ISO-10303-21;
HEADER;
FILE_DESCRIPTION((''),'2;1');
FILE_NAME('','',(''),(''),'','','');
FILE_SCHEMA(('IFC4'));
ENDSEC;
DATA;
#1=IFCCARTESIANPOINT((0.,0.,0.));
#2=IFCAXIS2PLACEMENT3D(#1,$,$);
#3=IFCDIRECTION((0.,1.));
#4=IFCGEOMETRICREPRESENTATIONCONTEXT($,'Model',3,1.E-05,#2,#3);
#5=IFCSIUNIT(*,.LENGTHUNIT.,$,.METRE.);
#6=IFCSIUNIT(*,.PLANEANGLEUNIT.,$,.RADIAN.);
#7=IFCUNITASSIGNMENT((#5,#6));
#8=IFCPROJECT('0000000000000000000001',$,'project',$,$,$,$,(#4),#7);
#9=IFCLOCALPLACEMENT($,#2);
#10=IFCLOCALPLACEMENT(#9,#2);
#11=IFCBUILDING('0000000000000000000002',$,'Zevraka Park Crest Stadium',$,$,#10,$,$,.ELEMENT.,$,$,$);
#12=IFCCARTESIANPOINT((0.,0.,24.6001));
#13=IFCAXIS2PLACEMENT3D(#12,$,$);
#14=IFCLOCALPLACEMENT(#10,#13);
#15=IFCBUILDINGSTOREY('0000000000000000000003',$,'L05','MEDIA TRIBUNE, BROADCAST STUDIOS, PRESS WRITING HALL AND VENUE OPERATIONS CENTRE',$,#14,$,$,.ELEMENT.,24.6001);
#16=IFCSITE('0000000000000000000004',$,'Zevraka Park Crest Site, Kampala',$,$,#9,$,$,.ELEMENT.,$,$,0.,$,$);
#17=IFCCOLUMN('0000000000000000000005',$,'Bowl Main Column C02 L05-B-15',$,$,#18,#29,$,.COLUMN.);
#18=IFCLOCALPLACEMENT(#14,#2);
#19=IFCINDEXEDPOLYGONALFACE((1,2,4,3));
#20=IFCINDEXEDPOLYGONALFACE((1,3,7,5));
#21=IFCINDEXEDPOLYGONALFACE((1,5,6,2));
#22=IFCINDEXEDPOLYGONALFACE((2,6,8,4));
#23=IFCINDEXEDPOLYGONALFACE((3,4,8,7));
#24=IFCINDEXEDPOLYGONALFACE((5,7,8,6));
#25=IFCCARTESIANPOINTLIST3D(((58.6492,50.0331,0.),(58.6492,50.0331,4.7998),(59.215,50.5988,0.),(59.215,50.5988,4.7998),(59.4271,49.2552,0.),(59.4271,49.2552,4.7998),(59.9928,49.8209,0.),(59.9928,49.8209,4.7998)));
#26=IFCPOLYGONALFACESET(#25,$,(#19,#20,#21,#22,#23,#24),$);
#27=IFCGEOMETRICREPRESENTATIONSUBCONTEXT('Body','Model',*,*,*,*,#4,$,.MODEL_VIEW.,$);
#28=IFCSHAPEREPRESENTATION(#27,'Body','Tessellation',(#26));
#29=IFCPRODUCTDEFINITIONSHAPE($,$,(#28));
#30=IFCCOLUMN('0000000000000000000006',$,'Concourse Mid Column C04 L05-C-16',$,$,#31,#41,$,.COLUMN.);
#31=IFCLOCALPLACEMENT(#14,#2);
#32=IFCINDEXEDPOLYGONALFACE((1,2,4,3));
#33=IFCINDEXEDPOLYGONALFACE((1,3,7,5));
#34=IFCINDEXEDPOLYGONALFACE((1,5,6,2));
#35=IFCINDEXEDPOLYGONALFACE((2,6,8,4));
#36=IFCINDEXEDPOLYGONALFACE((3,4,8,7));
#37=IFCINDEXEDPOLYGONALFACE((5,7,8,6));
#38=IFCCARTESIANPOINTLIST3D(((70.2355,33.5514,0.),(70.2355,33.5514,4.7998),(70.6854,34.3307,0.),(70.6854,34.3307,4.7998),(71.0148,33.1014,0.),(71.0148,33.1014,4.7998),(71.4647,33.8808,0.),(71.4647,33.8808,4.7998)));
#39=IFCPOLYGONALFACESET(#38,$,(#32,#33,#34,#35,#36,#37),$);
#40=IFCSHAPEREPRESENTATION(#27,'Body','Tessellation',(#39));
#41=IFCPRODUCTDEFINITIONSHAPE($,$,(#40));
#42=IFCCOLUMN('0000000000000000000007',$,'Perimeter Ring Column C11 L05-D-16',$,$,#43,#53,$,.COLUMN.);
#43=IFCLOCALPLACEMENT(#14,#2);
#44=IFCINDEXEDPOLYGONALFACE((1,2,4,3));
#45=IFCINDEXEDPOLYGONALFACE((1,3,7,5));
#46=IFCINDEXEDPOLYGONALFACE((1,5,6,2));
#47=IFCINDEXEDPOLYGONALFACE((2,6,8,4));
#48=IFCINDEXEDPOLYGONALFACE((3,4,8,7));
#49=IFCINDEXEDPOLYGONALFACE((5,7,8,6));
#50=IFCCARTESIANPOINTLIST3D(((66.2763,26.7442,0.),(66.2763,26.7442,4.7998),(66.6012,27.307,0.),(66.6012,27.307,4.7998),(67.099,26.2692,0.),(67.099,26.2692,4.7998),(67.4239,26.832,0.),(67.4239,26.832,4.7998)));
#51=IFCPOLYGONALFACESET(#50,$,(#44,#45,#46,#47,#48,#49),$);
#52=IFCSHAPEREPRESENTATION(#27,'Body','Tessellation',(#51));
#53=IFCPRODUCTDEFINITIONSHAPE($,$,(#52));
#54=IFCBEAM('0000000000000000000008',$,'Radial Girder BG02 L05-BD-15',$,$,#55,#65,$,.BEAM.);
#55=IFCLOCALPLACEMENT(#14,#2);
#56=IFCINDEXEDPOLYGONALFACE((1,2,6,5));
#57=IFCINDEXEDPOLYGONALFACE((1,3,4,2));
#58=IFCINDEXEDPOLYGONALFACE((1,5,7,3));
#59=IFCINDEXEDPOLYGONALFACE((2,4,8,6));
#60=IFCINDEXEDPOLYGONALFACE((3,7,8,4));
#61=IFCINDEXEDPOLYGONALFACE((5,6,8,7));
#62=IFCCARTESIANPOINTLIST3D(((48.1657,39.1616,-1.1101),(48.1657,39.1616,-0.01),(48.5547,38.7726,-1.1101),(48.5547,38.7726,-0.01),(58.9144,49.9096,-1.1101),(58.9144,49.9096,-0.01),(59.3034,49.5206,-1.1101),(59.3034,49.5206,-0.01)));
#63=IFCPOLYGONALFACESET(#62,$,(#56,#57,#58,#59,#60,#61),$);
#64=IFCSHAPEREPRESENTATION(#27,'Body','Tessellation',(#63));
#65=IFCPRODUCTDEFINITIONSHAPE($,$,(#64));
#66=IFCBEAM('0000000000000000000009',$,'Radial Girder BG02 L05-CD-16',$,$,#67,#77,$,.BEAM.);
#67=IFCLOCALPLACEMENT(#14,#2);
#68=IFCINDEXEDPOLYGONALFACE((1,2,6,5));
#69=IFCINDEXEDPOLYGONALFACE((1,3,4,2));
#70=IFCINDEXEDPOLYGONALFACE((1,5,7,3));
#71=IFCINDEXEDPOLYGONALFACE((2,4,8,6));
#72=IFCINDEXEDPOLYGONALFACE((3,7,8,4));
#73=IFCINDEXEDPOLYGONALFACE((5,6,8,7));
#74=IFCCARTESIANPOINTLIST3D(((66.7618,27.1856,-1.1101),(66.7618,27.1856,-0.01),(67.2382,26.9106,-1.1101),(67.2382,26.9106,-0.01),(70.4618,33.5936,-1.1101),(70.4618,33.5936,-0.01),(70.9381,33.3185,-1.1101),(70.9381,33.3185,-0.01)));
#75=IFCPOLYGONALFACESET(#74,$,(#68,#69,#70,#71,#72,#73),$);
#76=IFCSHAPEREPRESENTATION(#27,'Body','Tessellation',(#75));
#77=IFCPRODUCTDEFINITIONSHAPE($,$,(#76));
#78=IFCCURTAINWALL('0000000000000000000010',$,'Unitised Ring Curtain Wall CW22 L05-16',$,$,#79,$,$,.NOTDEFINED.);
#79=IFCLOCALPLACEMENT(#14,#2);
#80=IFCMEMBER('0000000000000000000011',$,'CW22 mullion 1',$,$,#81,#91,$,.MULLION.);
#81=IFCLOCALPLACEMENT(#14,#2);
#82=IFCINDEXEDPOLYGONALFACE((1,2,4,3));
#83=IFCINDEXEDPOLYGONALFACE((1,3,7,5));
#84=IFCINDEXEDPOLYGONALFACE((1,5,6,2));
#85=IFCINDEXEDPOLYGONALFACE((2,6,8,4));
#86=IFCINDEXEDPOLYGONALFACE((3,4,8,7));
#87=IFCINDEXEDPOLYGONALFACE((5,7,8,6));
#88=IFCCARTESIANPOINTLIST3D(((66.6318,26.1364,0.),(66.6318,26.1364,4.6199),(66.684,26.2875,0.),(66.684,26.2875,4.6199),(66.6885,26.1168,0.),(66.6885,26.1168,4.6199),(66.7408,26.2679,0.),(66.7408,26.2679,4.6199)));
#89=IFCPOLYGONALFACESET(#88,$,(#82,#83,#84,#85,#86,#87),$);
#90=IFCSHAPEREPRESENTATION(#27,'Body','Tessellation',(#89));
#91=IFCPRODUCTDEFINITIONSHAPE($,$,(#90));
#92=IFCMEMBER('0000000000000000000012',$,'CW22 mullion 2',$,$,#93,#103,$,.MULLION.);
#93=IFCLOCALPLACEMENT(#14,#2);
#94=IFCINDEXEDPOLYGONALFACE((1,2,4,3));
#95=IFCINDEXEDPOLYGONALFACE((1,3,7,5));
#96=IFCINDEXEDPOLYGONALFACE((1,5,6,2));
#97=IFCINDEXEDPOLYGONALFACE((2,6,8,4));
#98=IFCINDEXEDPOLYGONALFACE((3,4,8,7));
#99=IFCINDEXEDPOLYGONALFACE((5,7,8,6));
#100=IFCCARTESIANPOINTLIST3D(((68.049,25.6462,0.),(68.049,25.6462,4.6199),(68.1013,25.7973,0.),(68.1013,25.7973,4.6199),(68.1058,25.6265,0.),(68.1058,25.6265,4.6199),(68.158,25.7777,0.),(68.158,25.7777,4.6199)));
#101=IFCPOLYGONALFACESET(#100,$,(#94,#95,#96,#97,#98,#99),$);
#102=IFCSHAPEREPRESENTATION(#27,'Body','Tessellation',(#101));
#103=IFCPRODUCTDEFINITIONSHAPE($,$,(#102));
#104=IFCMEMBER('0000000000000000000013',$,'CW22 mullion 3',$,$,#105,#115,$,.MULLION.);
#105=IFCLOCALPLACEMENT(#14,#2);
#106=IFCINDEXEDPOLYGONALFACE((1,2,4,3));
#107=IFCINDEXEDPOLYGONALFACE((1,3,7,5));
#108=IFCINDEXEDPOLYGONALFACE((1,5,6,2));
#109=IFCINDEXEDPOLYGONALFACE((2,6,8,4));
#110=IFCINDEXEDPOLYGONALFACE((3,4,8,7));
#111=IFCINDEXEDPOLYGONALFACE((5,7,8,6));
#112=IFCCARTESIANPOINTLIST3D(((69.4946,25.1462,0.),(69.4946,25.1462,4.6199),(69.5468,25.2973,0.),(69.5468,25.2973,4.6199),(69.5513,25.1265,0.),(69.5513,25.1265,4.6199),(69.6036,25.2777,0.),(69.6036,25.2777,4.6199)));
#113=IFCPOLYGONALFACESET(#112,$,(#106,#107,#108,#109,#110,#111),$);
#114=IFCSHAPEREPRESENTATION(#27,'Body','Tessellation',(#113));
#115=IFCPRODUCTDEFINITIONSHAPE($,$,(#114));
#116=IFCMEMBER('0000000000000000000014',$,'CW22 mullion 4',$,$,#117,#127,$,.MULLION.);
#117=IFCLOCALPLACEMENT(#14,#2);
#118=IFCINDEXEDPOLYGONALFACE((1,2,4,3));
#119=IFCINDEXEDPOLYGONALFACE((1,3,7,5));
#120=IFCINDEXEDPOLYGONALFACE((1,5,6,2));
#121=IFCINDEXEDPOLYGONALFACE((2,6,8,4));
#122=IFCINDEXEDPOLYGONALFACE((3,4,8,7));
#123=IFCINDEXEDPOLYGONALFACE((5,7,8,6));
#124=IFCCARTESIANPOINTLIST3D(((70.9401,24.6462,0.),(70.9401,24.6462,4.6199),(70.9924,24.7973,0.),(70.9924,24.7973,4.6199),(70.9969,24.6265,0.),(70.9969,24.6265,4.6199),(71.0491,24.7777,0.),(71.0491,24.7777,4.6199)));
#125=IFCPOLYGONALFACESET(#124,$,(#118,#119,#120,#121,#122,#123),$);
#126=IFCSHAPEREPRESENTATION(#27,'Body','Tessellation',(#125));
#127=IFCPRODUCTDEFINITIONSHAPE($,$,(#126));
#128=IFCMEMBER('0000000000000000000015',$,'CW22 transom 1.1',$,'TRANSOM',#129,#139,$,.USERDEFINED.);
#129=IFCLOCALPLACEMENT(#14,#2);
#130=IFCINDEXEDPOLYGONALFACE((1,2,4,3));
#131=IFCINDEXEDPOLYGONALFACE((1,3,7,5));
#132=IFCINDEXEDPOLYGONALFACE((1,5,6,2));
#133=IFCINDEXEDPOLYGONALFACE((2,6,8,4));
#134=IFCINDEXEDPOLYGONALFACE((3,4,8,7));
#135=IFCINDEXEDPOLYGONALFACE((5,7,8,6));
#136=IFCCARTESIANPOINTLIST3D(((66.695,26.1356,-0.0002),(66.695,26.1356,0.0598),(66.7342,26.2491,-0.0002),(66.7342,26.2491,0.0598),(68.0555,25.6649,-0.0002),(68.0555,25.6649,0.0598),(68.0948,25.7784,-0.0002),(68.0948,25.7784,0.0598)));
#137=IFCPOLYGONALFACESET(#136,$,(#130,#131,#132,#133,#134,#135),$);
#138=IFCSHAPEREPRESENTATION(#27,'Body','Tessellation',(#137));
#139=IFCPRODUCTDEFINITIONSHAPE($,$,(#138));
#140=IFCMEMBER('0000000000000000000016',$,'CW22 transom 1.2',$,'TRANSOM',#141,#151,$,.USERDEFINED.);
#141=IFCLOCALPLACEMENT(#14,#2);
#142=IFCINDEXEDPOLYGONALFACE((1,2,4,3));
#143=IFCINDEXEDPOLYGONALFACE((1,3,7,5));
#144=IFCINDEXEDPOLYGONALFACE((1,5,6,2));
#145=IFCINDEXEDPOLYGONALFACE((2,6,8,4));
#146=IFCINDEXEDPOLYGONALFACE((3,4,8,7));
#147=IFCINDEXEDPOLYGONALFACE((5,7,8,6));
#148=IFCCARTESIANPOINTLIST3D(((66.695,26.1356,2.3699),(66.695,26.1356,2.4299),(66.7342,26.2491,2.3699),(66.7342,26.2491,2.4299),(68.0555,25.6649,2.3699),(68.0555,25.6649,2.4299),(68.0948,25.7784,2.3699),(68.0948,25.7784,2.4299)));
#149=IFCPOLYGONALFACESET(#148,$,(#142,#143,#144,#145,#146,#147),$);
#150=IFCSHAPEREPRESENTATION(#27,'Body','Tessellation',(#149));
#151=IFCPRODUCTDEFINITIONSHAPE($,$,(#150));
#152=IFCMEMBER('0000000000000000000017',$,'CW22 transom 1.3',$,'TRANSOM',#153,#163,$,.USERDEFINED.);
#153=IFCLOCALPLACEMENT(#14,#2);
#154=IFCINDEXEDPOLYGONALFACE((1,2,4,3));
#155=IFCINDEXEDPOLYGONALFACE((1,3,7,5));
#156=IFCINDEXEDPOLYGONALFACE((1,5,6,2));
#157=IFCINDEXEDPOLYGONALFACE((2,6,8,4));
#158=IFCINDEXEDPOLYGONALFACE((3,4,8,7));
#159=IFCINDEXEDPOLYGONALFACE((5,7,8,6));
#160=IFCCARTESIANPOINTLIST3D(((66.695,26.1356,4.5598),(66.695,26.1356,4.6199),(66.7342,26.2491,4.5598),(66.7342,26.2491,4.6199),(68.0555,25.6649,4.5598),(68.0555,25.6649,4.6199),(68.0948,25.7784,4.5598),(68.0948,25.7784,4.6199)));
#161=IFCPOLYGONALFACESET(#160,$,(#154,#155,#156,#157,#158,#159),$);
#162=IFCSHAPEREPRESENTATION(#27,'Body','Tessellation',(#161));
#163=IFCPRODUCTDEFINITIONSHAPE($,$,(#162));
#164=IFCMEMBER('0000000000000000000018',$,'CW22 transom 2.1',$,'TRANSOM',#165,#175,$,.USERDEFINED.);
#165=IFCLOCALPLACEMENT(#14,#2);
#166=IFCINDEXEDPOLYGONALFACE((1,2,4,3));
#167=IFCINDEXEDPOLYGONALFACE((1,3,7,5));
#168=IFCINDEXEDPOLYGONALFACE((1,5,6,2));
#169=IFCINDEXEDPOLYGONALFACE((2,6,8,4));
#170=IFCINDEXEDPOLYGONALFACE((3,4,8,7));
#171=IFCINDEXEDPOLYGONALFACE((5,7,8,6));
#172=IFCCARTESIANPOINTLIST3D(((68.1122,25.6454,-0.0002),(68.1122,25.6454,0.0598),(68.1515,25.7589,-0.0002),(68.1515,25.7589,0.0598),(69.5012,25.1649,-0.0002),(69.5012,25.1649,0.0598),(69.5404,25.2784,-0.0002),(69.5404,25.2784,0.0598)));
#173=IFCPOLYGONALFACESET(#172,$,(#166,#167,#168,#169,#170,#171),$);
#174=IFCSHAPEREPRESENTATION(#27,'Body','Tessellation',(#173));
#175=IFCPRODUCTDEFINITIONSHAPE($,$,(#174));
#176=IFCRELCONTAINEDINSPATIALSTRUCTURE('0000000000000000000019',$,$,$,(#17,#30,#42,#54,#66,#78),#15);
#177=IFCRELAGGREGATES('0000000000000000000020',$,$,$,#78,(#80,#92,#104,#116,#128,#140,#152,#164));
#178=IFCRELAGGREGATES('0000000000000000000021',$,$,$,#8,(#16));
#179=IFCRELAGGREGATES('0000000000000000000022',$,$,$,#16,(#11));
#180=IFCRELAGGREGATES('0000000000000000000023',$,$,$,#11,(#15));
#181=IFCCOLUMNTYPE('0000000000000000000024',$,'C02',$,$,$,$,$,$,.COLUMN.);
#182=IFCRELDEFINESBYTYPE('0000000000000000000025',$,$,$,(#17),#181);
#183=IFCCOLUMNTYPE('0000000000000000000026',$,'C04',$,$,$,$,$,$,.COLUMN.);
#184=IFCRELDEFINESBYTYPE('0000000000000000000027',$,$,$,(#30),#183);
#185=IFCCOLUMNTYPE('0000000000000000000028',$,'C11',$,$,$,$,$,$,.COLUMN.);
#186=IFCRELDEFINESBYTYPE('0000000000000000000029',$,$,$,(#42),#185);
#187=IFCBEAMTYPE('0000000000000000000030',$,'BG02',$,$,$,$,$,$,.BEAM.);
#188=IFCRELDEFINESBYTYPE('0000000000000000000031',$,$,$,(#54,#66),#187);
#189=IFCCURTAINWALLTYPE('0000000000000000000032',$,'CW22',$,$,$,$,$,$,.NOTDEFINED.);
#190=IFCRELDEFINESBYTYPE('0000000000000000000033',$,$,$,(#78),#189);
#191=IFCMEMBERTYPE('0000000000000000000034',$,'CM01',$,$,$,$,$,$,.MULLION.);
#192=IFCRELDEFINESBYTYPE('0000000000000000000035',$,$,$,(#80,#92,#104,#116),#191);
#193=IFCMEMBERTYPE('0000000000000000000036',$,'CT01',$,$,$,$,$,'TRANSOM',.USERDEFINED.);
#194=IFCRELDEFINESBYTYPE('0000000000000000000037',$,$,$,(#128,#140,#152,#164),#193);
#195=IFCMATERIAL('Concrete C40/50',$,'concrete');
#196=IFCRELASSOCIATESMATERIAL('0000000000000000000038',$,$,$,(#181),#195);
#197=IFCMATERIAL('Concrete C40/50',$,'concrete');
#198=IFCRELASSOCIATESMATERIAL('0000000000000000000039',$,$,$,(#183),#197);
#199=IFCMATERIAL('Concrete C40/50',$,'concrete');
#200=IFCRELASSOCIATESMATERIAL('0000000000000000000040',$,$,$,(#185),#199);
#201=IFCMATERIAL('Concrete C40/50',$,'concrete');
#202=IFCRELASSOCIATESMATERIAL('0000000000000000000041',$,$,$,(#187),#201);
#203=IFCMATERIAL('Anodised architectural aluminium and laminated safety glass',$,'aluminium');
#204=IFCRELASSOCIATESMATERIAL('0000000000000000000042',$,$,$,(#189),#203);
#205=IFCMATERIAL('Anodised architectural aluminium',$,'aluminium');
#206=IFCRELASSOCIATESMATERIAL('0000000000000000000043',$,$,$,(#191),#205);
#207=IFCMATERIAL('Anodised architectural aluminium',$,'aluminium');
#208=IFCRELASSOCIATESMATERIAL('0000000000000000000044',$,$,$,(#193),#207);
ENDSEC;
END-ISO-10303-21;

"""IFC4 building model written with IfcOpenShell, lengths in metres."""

from ifc_helpers import new_model, si_unit, direction, frame, origin, origin_2d, place, context, subcontext, project, spatial, rectangle, extrude, material, material_profile, profile_set, type_object, element, aggregate, save


model = new_model("IFC4")

# Units and contexts
model_context = context("Model", 3, precision=1e-05, world=origin(), true_north=direction((0.0, 1.0)))
body_context = subcontext(model_context, "Body", "Model", "MODEL_VIEW")
ifc_project = project(units=[si_unit("LENGTHUNIT", "METRE"), si_unit("PLANEANGLEUNIT", "RADIAN")], contexts=[model_context])

# Site, building, storey
site_placement = place(None, origin())
site = spatial("IfcSite", under=ifc_project, at=site_placement, Name="Zevraka Park Crest Site, Kampala", CompositionType="ELEMENT", RefElevation=0.0)
building_placement = place(site_placement, origin())
building = spatial("IfcBuilding", under=site, at=building_placement, Name="Zevraka Park Crest Stadium", CompositionType="ELEMENT")
storey_placement = place(building_placement, frame((0.0, 0.0, 24.6001)))
storey = spatial("IfcBuildingStorey", under=building, at=storey_placement, Name="L05", Description="MEDIA TRIBUNE, BROADCAST STUDIOS, PRESS WRITING HALL AND VENUE OPERATIONS CENTRE", CompositionType="ELEMENT", Elevation=24.6001)

# Columns
ifc_material_1 = material(Name="Concrete C40/50", Category="concrete")
ifc_material_profile_1 = material_profile(ifc_material_1, rectangle(XDim=0.8, YDim=1.1001, at=origin_2d()), Name="RC 1100x800")
ifc_profile_set_1 = profile_set([ifc_material_profile_1], Name="Concrete C40/50")
column_type_1 = type_object("IfcColumnType", Name="C02", PredefinedType="COLUMN", material=ifc_profile_set_1)
column_1_placement = place(storey_placement, frame((59.321, 49.927, 0.0), z_axis=(0.0, 0.0, 1.0), x_axis=(0.707107, 0.707107, 0.0)))
element("IfcColumn", 1, at=column_1_placement, inside=storey, type_object=column_type_1, Name="Bowl Main Column C02 L05-B-15", PredefinedType="COLUMN", context=body_context, shape_type="SweptSolid", body=[
    extrude(rectangle(XDim=0.8, YDim=1.1001, at=origin_2d()), origin(), (0.0, 0.0, 1.0), 4.7998),
])
ifc_material_2 = material(Name="Concrete C40/50", Category="concrete")
ifc_material_profile_2 = material_profile(ifc_material_2, rectangle(XDim=0.8999, YDim=0.8999, at=origin_2d()), Name="RC 900x900")
ifc_profile_set_2 = profile_set([ifc_material_profile_2], Name="Concrete C40/50")
column_type_2 = type_object("IfcColumnType", Name="C04", PredefinedType="COLUMN", material=ifc_profile_set_2)
column_2_placement = place(storey_placement, frame((70.8501, 33.7161, 0.0), z_axis=(0.0, 0.0, 1.0), x_axis=(0.5, 0.866025, 0.0)))
element("IfcColumn", 2, at=column_2_placement, inside=storey, type_object=column_type_2, Name="Concourse Mid Column C04 L05-C-16", PredefinedType="COLUMN", context=body_context, shape_type="SweptSolid", body=[
    extrude(rectangle(XDim=0.8999, YDim=0.8999, at=origin_2d()), origin(), (0.0, 0.0, 1.0), 4.7998),
])
ifc_material_3 = material(Name="Concrete C40/50", Category="concrete")
ifc_material_profile_3 = material_profile(ifc_material_3, rectangle(XDim=0.6499, YDim=0.95, at=origin_2d()), Name="RC 950x650")
ifc_profile_set_3 = profile_set([ifc_material_profile_3], Name="Concrete C40/50")
column_type_3 = type_object("IfcColumnType", Name="C11", PredefinedType="COLUMN", material=ifc_profile_set_3)
column_3_placement = place(storey_placement, frame((66.8501, 26.7881, 0.0), z_axis=(0.0, 0.0, 1.0), x_axis=(0.5, 0.866025, 0.0)))
element("IfcColumn", 3, at=column_3_placement, inside=storey, type_object=column_type_3, Name="Perimeter Ring Column C11 L05-D-16", PredefinedType="COLUMN", context=body_context, shape_type="SweptSolid", body=[
    extrude(rectangle(XDim=0.6499, YDim=0.95, at=origin_2d()), origin(), (0.0, 0.0, 1.0), 4.7998),
])

# Beams
ifc_material_4 = material(Name="Concrete C40/50", Category="concrete")
ifc_material_profile_4 = material_profile(ifc_material_4, rectangle(XDim=0.55, YDim=1.1001, at=origin_2d()), Name="RC 1100x550")
ifc_profile_set_4 = profile_set([ifc_material_profile_4], Name="Concrete C40/50")
beam_type_1 = type_object("IfcBeamType", Name="BG02", PredefinedType="BEAM", material=ifc_profile_set_4)
beam_1_placement = place(storey_placement, frame((59.1089, 49.7151, -0.5601), z_axis=(-0.707131, -0.707083, 0.0), x_axis=(0.707083, -0.707131, 0.0)))
element("IfcBeam", 4, at=beam_1_placement, inside=storey, type_object=beam_type_1, Name="Radial Girder BG02 L05-BD-15", PredefinedType="BEAM", context=body_context, shape_type="SweptSolid", body=[
    extrude(rectangle(XDim=0.55, YDim=1.1001, at=origin_2d()), origin(), (0.0, 0.0, 1.0), 15.2004),
])
beam_2_placement = place(storey_placement, frame((70.7, 33.4561, -0.5601), z_axis=(-0.500032, -0.866007, 0.0), x_axis=(0.866007, -0.500032, 0.0)))
element("IfcBeam", 5, at=beam_2_placement, inside=storey, type_object=beam_type_1, Name="Radial Girder BG02 L05-CD-16", PredefinedType="BEAM", context=body_context, shape_type="SweptSolid", body=[
    extrude(rectangle(XDim=0.55, YDim=1.1001, at=origin_2d()), origin(), (0.0, 0.0, 1.0), 7.3994),
])

# Curtain wall, members
ifc_material_5 = material(Name="Anodised architectural aluminium and laminated safety glass", Category="aluminium")
curtain_wall_type = type_object("IfcCurtainWallType", Name="CW22", PredefinedType="NOTDEFINED", material=ifc_material_5)
curtain_wall_placement = place(storey_placement, origin())
curtain_wall = element("IfcCurtainWall", 6, at=curtain_wall_placement, inside=storey, type_object=curtain_wall_type, Name="Unitised Ring Curtain Wall CW22 L05-16", PredefinedType="NOTDEFINED")
ifc_material_6 = material(Name="Anodised architectural aluminium", Category="aluminium")
ifc_material_profile_5 = material_profile(ifc_material_6, rectangle(XDim=0.1599, YDim=0.0601, at=origin_2d()), Name="ALU MULLION 160x60")
ifc_profile_set_5 = profile_set([ifc_material_profile_5], Name="Anodised architectural aluminium")
member_type_1 = type_object("IfcMemberType", Name="CM01", PredefinedType="MULLION", material=ifc_profile_set_5)
member_1_placement = place(storey_placement, frame((66.6863, 26.2021, 0.0), z_axis=(0.0, 0.0, 1.0), x_axis=(0.326929, 0.945049, 0.0)))
member_1 = element("IfcMember", 7, at=member_1_placement, type_object=member_type_1, Name="CW22 mullion 1", PredefinedType="MULLION", context=body_context, shape_type="SweptSolid", body=[
    extrude(rectangle(XDim=0.1599, YDim=0.0601, at=origin_2d()), origin(), (0.0, 0.0, 1.0), 4.6199),
])
member_2_placement = place(storey_placement, frame((68.1035, 25.7119, 0.0), z_axis=(0.0, 0.0, 1.0), x_axis=(0.326929, 0.945049, 0.0)))
member_2 = element("IfcMember", 8, at=member_2_placement, type_object=member_type_1, Name="CW22 mullion 2", PredefinedType="MULLION", context=body_context, shape_type="SweptSolid", body=[
    extrude(rectangle(XDim=0.1599, YDim=0.0601, at=origin_2d()), origin(), (0.0, 0.0, 1.0), 4.6199),
])
member_3_placement = place(storey_placement, frame((69.5491, 25.2119, 0.0), z_axis=(0.0, 0.0, 1.0), x_axis=(0.326929, 0.945049, 0.0)))
member_3 = element("IfcMember", 9, at=member_3_placement, type_object=member_type_1, Name="CW22 mullion 3", PredefinedType="MULLION", context=body_context, shape_type="SweptSolid", body=[
    extrude(rectangle(XDim=0.1599, YDim=0.0601, at=origin_2d()), origin(), (0.0, 0.0, 1.0), 4.6199),
])
member_4_placement = place(storey_placement, frame((70.9946, 24.7119, 0.0), z_axis=(0.0, 0.0, 1.0), x_axis=(0.326929, 0.945049, 0.0)))
member_4 = element("IfcMember", 10, at=member_4_placement, type_object=member_type_1, Name="CW22 mullion 4", PredefinedType="MULLION", context=body_context, shape_type="SweptSolid", body=[
    extrude(rectangle(XDim=0.1599, YDim=0.0601, at=origin_2d()), origin(), (0.0, 0.0, 1.0), 4.6199),
])
ifc_material_7 = material(Name="Anodised architectural aluminium", Category="aluminium")
ifc_material_profile_6 = material_profile(ifc_material_7, rectangle(XDim=0.1201, YDim=0.0601, at=origin_2d()), Name="ALU TRANSOM 120x60")
ifc_profile_set_6 = profile_set([ifc_material_profile_6], Name="Anodised architectural aluminium")
member_type_2 = type_object("IfcMemberType", Name="CT01", ElementType="TRANSOM", PredefinedType="USERDEFINED", material=ifc_profile_set_6)
member_5_placement = place(storey_placement, frame((66.7146, 26.1924, 0.0298), z_axis=(0.945045, -0.326942, 0.0), x_axis=(0.326942, 0.945045, 0.0)))
member_5 = element("IfcMember", 11, at=member_5_placement, type_object=member_type_2, Name="CW22 transom 1.1", ObjectType="TRANSOM", PredefinedType="USERDEFINED", context=body_context, shape_type="SweptSolid", body=[
    extrude(rectangle(XDim=0.1201, YDim=0.0601, at=origin_2d()), origin(), (0.0, 0.0, 1.0), 1.4397),
])
member_6_placement = place(storey_placement, frame((66.7146, 26.1924, 2.3999), z_axis=(0.945045, -0.326942, 0.0), x_axis=(0.326942, 0.945045, 0.0)))
member_6 = element("IfcMember", 12, at=member_6_placement, type_object=member_type_2, Name="CW22 transom 1.2", ObjectType="TRANSOM", PredefinedType="USERDEFINED", context=body_context, shape_type="SweptSolid", body=[
    extrude(rectangle(XDim=0.1201, YDim=0.0601, at=origin_2d()), origin(), (0.0, 0.0, 1.0), 1.4397),
])
member_7_placement = place(storey_placement, frame((66.7146, 26.1924, 4.5898), z_axis=(0.945045, -0.326942, 0.0), x_axis=(0.326942, 0.945045, 0.0)))
member_7 = element("IfcMember", 13, at=member_7_placement, type_object=member_type_2, Name="CW22 transom 1.3", ObjectType="TRANSOM", PredefinedType="USERDEFINED", context=body_context, shape_type="SweptSolid", body=[
    extrude(rectangle(XDim=0.1201, YDim=0.0601, at=origin_2d()), origin(), (0.0, 0.0, 1.0), 1.4397),
])
member_8_placement = place(storey_placement, frame((68.1318, 25.7021, 0.0298), z_axis=(0.945051, -0.326922, 0.0), x_axis=(0.326922, 0.945051, 0.0)))
member_8 = element("IfcMember", 14, at=member_8_placement, type_object=member_type_2, Name="CW22 transom 2.1", ObjectType="TRANSOM", PredefinedType="USERDEFINED", context=body_context, shape_type="SweptSolid", body=[
    extrude(rectangle(XDim=0.1201, YDim=0.0601, at=origin_2d()), origin(), (0.0, 0.0, 1.0), 1.4697),
])

aggregate(curtain_wall, [member_1, member_2, member_3, member_4, member_5, member_6, member_7, member_8])

save(model, "model.ifc")
